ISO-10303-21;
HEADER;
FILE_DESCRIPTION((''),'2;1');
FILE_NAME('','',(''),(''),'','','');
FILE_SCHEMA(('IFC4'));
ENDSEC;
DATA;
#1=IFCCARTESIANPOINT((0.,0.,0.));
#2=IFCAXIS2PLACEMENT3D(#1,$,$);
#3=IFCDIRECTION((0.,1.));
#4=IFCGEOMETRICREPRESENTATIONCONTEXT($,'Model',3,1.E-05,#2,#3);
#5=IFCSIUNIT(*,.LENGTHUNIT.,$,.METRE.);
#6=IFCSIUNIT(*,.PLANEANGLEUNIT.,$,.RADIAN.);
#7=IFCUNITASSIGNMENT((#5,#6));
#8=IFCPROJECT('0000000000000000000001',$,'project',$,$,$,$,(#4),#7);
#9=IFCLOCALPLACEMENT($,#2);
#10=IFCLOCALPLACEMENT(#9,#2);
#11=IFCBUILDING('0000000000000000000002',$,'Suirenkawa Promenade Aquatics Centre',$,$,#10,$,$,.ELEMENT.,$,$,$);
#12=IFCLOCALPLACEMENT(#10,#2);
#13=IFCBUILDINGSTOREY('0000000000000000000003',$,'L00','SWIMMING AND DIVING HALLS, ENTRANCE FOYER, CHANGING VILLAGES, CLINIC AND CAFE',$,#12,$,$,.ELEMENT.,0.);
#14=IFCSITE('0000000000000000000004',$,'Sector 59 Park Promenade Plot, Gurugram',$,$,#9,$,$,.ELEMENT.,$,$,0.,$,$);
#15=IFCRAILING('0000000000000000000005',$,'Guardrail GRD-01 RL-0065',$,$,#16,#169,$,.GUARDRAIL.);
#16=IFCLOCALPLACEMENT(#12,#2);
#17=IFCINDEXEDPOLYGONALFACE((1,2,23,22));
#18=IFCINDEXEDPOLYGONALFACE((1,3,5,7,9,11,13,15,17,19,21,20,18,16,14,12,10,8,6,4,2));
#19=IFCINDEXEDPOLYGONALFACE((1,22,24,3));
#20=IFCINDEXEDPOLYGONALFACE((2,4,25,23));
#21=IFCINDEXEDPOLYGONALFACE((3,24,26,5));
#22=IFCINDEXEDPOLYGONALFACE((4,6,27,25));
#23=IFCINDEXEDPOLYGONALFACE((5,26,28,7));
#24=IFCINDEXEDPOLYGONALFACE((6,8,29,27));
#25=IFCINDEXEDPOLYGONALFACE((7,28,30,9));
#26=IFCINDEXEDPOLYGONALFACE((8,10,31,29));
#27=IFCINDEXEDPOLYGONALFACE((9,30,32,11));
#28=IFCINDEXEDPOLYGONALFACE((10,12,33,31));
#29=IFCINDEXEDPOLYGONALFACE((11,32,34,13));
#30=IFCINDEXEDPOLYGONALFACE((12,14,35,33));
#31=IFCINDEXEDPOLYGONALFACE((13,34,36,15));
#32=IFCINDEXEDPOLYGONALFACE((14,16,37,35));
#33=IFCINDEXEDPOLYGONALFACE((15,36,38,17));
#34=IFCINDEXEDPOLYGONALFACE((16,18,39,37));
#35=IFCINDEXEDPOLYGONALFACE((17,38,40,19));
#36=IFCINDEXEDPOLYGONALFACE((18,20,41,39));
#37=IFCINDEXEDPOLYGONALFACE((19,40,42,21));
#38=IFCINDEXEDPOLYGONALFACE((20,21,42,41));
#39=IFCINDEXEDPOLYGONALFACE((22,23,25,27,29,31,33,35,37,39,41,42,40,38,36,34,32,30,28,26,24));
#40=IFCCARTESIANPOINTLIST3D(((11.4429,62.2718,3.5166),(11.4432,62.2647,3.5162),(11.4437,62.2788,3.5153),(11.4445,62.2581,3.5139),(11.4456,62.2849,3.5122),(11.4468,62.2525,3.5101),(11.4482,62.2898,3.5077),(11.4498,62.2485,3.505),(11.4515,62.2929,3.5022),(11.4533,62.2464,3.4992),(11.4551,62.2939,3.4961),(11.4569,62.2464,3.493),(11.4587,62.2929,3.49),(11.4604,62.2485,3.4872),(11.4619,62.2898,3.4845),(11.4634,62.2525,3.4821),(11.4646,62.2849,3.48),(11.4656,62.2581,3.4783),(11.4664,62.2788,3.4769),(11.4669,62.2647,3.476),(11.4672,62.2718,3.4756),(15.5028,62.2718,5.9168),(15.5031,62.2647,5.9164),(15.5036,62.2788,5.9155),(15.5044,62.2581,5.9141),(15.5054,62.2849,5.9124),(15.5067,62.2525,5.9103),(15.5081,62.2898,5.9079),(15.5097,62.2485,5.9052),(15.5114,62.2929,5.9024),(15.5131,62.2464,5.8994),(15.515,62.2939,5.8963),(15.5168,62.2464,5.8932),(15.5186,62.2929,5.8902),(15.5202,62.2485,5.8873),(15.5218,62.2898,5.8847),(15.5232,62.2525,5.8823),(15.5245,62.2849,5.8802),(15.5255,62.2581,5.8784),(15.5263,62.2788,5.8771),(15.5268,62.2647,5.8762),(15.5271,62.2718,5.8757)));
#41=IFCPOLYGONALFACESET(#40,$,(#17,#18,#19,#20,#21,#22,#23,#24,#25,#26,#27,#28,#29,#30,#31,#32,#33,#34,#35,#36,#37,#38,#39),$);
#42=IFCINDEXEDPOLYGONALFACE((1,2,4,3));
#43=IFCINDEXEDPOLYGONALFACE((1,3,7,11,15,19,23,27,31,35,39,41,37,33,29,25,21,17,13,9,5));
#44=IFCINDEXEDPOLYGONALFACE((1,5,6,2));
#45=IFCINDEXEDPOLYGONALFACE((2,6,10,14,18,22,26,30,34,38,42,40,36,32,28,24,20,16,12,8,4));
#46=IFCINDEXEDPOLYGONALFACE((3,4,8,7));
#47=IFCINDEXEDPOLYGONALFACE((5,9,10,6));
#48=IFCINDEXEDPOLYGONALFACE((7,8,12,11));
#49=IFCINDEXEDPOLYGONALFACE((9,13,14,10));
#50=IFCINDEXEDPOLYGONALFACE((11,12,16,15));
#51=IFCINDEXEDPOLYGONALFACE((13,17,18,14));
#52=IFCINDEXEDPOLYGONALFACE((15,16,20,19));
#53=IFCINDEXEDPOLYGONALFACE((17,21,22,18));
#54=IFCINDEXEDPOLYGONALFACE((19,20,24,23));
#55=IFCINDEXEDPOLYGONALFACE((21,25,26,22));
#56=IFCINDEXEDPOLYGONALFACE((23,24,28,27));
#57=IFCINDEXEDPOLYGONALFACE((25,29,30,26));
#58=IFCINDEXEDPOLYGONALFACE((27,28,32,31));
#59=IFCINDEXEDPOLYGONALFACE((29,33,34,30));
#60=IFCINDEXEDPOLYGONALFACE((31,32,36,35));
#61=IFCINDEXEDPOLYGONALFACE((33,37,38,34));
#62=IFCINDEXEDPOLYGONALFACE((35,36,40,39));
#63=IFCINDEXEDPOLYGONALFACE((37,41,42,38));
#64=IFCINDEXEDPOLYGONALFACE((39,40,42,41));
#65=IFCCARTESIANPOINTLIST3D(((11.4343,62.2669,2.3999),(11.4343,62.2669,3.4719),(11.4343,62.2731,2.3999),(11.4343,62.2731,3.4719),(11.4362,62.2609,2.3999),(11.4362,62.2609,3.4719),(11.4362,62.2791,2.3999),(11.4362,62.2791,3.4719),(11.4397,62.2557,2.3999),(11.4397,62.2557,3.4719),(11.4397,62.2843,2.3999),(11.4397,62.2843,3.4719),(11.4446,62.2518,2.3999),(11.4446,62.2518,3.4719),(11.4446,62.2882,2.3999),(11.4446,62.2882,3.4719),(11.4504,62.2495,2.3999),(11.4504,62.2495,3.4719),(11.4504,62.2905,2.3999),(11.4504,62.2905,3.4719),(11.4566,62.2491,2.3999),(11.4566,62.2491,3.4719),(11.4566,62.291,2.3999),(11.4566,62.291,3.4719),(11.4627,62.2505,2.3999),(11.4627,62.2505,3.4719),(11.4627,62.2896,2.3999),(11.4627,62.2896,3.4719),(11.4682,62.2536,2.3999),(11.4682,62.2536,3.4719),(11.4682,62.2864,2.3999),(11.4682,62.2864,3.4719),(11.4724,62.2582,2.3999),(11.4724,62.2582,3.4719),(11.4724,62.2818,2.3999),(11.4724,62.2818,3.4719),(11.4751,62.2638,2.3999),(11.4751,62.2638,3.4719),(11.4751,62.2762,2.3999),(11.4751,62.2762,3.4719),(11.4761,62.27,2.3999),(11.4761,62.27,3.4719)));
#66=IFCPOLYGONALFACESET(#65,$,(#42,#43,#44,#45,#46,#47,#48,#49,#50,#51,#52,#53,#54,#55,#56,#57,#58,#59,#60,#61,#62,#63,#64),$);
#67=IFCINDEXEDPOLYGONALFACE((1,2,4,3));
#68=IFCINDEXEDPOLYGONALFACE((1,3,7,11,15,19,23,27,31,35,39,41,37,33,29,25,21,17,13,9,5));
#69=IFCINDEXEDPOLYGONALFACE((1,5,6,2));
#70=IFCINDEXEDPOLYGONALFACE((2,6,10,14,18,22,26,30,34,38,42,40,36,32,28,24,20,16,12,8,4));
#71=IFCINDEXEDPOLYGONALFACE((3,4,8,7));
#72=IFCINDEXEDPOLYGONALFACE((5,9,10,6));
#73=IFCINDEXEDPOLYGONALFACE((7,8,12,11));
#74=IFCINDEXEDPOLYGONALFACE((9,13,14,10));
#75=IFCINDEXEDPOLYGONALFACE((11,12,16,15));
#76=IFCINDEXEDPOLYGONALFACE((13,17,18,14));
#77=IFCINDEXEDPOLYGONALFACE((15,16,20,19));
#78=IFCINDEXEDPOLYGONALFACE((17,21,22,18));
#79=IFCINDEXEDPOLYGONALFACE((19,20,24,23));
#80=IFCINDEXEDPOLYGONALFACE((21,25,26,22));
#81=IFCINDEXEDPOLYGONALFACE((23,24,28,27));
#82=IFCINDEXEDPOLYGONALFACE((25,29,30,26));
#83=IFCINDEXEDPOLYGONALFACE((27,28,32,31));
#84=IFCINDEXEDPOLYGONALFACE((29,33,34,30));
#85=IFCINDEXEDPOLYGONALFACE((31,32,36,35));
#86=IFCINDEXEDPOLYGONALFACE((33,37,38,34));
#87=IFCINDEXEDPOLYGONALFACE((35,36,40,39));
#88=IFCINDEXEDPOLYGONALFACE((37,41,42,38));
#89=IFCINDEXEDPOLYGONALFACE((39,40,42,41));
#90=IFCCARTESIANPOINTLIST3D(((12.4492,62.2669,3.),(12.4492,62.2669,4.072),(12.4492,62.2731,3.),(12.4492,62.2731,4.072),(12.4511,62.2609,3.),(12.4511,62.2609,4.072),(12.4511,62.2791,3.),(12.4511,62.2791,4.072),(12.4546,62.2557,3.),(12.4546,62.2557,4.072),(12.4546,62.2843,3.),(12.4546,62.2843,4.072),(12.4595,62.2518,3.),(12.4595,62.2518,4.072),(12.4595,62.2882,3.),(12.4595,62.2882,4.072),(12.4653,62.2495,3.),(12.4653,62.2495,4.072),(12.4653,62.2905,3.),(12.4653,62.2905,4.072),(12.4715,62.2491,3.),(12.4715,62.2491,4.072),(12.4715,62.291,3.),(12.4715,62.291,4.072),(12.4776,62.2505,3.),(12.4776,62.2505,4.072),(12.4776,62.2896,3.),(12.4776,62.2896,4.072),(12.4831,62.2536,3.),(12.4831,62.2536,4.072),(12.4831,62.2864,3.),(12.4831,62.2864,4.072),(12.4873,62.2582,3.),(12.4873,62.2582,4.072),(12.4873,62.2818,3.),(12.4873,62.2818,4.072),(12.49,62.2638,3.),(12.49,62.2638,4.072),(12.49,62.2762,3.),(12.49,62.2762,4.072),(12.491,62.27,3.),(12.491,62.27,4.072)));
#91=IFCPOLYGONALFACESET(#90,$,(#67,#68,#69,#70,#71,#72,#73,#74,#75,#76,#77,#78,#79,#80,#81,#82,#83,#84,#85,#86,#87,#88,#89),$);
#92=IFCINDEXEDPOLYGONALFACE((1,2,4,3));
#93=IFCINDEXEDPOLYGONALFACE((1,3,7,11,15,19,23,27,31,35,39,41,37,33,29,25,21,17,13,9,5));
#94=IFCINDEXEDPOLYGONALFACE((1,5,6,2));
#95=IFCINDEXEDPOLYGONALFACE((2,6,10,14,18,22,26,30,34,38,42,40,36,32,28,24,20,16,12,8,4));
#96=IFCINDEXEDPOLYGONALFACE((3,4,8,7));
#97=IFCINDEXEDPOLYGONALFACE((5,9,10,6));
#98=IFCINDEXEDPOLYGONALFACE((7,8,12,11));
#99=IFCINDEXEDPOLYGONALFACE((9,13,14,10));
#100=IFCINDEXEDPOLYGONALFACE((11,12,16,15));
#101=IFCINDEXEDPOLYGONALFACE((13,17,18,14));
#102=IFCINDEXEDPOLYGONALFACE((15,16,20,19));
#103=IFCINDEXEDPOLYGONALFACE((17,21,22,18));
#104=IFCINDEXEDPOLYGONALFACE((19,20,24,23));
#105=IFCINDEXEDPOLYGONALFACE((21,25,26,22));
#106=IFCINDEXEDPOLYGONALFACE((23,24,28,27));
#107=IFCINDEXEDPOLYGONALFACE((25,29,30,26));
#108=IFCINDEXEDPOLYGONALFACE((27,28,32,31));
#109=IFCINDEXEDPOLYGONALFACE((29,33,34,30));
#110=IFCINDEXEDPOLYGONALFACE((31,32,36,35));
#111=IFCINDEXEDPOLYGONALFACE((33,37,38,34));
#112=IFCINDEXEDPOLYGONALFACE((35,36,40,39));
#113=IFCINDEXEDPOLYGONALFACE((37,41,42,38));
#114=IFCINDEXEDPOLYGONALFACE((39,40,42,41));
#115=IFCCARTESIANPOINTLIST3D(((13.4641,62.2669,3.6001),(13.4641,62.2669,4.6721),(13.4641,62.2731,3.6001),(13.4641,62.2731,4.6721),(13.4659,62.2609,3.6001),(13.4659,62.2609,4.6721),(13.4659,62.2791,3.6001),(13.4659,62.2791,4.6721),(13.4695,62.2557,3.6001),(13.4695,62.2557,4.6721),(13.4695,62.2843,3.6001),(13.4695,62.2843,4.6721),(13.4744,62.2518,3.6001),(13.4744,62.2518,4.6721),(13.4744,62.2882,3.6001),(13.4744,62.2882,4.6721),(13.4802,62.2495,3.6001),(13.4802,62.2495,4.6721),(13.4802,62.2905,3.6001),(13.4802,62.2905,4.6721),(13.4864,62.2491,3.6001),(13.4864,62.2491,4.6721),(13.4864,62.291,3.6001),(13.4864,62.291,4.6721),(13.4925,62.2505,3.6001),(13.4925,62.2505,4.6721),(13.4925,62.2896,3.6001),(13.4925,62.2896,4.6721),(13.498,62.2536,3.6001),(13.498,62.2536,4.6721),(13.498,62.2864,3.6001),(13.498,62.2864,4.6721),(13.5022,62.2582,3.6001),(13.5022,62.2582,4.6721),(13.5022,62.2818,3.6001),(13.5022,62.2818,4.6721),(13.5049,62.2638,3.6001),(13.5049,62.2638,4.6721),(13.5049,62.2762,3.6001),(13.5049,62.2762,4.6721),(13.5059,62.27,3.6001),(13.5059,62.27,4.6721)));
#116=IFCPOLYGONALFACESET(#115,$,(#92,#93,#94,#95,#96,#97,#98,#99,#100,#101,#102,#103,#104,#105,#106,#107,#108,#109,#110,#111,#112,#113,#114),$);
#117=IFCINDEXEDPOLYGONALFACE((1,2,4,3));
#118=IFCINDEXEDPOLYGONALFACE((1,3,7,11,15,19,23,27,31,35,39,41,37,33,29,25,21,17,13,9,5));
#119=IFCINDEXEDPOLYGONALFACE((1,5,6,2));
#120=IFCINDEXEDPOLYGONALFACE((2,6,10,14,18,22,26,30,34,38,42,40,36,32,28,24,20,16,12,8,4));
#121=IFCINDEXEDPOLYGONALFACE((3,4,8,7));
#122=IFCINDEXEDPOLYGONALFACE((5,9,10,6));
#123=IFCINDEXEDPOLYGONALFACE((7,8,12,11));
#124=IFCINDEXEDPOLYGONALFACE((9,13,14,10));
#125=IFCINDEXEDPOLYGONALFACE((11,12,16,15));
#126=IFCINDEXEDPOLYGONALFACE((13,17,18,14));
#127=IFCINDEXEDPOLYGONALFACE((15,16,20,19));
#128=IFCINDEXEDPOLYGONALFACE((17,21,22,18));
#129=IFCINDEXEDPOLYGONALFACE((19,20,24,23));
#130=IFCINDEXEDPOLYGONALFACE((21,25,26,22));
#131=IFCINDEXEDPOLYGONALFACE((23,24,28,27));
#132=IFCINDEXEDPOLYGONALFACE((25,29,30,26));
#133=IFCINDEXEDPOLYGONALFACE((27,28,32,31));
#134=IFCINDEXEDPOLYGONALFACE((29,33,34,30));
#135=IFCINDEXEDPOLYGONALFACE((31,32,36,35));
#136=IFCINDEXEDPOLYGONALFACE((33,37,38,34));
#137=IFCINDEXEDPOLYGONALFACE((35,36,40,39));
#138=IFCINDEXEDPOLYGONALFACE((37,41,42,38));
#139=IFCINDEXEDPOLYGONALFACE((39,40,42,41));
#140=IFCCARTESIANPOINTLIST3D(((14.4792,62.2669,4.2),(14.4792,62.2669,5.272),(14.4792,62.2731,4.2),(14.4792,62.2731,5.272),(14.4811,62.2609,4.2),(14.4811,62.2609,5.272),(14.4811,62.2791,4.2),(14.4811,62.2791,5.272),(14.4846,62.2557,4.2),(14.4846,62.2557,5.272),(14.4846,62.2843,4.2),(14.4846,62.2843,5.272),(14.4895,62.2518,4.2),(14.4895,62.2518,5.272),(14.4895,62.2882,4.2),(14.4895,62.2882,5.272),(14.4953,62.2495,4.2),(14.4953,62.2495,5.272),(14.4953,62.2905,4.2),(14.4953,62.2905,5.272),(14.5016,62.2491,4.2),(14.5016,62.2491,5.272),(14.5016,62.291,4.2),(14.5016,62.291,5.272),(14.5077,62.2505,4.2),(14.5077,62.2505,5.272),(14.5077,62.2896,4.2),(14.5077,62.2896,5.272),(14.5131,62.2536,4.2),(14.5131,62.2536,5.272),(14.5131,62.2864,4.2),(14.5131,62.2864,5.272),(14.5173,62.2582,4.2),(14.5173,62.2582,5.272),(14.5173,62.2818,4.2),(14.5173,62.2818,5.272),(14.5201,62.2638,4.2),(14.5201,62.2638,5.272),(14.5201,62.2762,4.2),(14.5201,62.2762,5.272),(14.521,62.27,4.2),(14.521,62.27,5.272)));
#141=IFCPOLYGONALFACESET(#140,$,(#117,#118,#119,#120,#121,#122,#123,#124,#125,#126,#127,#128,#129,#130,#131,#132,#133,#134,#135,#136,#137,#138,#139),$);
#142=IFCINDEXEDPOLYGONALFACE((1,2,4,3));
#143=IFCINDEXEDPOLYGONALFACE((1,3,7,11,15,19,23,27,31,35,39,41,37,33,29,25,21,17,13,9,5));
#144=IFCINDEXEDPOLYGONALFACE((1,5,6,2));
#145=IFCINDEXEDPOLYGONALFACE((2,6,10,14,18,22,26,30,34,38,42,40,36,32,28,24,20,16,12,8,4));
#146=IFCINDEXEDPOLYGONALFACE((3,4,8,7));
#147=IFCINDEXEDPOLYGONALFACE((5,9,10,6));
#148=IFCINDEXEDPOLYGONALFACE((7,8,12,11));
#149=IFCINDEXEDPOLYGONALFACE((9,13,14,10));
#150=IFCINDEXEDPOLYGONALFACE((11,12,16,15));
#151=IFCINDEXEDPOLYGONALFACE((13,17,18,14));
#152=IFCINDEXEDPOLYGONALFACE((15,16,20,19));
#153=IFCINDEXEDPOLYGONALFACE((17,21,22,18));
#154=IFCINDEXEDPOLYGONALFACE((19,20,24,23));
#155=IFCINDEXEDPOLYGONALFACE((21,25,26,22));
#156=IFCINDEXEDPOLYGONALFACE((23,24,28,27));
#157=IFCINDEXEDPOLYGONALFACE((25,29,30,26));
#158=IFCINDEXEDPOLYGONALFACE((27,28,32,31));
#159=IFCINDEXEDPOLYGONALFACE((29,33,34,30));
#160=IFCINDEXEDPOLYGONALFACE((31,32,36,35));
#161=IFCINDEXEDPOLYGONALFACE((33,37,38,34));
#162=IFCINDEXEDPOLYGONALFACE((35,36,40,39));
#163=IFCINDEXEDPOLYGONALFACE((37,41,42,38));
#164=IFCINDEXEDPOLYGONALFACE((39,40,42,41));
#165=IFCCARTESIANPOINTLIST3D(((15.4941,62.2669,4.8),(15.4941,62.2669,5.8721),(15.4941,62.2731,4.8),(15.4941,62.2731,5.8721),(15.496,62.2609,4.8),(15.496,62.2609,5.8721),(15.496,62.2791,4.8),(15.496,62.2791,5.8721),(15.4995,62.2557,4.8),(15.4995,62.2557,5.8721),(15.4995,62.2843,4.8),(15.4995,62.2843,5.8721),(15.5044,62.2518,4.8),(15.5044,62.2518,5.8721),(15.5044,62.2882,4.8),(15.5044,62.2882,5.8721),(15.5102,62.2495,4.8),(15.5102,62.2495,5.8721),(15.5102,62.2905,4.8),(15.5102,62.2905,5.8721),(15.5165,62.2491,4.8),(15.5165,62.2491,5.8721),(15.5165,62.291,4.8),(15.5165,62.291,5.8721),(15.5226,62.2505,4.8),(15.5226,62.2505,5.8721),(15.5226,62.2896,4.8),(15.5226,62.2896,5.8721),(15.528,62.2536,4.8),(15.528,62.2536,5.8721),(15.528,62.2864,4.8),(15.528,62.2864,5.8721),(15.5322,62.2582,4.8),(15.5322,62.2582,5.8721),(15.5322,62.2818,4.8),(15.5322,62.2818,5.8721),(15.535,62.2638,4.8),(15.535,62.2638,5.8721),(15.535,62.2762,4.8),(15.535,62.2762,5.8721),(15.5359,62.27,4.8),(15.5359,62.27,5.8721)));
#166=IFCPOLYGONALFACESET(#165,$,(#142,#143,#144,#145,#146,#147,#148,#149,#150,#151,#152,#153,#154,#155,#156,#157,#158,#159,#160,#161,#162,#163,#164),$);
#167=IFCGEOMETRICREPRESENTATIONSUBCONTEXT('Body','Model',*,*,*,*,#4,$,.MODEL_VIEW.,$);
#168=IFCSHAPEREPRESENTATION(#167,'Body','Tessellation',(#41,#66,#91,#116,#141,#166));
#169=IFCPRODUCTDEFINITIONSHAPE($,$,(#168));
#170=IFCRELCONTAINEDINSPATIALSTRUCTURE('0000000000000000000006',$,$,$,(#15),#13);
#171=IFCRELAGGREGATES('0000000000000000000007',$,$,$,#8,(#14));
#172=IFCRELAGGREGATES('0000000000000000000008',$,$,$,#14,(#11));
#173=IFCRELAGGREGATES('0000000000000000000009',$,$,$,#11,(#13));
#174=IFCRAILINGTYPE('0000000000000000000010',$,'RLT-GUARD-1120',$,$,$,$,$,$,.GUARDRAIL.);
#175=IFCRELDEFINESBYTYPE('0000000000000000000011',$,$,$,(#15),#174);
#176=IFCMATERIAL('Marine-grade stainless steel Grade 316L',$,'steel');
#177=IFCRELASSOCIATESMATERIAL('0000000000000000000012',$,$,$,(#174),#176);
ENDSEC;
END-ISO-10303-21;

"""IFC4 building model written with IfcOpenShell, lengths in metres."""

from ifc_helpers import new_model, si_unit, direction, frame, origin, origin_2d, place, context, subcontext, project, spatial, circle, extrude, material, type_object, element, save


model = new_model("IFC4")

# Units and contexts
model_context = context("Model", 3, precision=1e-05, world=origin(), true_north=direction((0.0, 1.0)))
body_context = subcontext(model_context, "Body", "Model", "MODEL_VIEW")
ifc_project = project(units=[si_unit("LENGTHUNIT", "METRE"), si_unit("PLANEANGLEUNIT", "RADIAN")], contexts=[model_context])

# Site, building, storey
site_placement = place(None, origin())
site = spatial("IfcSite", under=ifc_project, at=site_placement, Name="Sector 59 Park Promenade Plot, Gurugram", CompositionType="ELEMENT", RefElevation=0.0)
building_placement = place(site_placement, origin())
building = spatial("IfcBuilding", under=site, at=building_placement, Name="Suirenkawa Promenade Aquatics Centre", CompositionType="ELEMENT")
storey_placement = place(building_placement, origin())
storey = spatial("IfcBuildingStorey", under=building, at=storey_placement, Name="L00", Description="SWIMMING AND DIVING HALLS, ENTRANCE FOYER, CHANGING VILLAGES, CLINIC AND CAFE", CompositionType="ELEMENT", Elevation=0.0)

# Railing
ifc_material_1 = material(Name="Marine-grade stainless steel Grade 316L", Category="steel")
railing_type_1 = type_object("IfcRailingType", Name="RLT-GUARD-1120", PredefinedType="GUARDRAIL", material=ifc_material_1)
railing_1_placement = place(storey_placement, frame((11.4551, 62.27, 2.3999)))
element("IfcRailing", 1, at=railing_1_placement, inside=storey, type_object=railing_type_1, Name="Guardrail GRD-01 RL-0065", PredefinedType="GUARDRAIL", context=body_context, shape_type="SweptSolid", body=[
    extrude(circle(Radius=0.0239, at=origin_2d()), frame((0.0, 0.0, 1.0962), z_axis=(0.860818, 0.0, 0.508912), x_axis=(0.0, 1.0, 0.0)), (0.0, 0.0, 1.0), 4.7163),
    extrude(circle(Radius=0.021, at=origin_2d()), origin(), (0.0, 0.0, 1.0), 1.072),
    extrude(circle(Radius=0.021, at=origin_2d()), frame((1.0149, 0.0, 0.6001)), (0.0, 0.0, 1.0), 1.072),
    extrude(circle(Radius=0.021, at=origin_2d()), frame((2.0298, 0.0, 1.2002)), (0.0, 0.0, 1.0), 1.072),
    extrude(circle(Radius=0.021, at=origin_2d()), frame((3.0449, 0.0, 1.8)), (0.0, 0.0, 1.0), 1.072),
    extrude(circle(Radius=0.021, at=origin_2d()), frame((4.0598, 0.0, 2.4001)), (0.0, 0.0, 1.0), 1.072),
])

save(model, "model.ifc")
